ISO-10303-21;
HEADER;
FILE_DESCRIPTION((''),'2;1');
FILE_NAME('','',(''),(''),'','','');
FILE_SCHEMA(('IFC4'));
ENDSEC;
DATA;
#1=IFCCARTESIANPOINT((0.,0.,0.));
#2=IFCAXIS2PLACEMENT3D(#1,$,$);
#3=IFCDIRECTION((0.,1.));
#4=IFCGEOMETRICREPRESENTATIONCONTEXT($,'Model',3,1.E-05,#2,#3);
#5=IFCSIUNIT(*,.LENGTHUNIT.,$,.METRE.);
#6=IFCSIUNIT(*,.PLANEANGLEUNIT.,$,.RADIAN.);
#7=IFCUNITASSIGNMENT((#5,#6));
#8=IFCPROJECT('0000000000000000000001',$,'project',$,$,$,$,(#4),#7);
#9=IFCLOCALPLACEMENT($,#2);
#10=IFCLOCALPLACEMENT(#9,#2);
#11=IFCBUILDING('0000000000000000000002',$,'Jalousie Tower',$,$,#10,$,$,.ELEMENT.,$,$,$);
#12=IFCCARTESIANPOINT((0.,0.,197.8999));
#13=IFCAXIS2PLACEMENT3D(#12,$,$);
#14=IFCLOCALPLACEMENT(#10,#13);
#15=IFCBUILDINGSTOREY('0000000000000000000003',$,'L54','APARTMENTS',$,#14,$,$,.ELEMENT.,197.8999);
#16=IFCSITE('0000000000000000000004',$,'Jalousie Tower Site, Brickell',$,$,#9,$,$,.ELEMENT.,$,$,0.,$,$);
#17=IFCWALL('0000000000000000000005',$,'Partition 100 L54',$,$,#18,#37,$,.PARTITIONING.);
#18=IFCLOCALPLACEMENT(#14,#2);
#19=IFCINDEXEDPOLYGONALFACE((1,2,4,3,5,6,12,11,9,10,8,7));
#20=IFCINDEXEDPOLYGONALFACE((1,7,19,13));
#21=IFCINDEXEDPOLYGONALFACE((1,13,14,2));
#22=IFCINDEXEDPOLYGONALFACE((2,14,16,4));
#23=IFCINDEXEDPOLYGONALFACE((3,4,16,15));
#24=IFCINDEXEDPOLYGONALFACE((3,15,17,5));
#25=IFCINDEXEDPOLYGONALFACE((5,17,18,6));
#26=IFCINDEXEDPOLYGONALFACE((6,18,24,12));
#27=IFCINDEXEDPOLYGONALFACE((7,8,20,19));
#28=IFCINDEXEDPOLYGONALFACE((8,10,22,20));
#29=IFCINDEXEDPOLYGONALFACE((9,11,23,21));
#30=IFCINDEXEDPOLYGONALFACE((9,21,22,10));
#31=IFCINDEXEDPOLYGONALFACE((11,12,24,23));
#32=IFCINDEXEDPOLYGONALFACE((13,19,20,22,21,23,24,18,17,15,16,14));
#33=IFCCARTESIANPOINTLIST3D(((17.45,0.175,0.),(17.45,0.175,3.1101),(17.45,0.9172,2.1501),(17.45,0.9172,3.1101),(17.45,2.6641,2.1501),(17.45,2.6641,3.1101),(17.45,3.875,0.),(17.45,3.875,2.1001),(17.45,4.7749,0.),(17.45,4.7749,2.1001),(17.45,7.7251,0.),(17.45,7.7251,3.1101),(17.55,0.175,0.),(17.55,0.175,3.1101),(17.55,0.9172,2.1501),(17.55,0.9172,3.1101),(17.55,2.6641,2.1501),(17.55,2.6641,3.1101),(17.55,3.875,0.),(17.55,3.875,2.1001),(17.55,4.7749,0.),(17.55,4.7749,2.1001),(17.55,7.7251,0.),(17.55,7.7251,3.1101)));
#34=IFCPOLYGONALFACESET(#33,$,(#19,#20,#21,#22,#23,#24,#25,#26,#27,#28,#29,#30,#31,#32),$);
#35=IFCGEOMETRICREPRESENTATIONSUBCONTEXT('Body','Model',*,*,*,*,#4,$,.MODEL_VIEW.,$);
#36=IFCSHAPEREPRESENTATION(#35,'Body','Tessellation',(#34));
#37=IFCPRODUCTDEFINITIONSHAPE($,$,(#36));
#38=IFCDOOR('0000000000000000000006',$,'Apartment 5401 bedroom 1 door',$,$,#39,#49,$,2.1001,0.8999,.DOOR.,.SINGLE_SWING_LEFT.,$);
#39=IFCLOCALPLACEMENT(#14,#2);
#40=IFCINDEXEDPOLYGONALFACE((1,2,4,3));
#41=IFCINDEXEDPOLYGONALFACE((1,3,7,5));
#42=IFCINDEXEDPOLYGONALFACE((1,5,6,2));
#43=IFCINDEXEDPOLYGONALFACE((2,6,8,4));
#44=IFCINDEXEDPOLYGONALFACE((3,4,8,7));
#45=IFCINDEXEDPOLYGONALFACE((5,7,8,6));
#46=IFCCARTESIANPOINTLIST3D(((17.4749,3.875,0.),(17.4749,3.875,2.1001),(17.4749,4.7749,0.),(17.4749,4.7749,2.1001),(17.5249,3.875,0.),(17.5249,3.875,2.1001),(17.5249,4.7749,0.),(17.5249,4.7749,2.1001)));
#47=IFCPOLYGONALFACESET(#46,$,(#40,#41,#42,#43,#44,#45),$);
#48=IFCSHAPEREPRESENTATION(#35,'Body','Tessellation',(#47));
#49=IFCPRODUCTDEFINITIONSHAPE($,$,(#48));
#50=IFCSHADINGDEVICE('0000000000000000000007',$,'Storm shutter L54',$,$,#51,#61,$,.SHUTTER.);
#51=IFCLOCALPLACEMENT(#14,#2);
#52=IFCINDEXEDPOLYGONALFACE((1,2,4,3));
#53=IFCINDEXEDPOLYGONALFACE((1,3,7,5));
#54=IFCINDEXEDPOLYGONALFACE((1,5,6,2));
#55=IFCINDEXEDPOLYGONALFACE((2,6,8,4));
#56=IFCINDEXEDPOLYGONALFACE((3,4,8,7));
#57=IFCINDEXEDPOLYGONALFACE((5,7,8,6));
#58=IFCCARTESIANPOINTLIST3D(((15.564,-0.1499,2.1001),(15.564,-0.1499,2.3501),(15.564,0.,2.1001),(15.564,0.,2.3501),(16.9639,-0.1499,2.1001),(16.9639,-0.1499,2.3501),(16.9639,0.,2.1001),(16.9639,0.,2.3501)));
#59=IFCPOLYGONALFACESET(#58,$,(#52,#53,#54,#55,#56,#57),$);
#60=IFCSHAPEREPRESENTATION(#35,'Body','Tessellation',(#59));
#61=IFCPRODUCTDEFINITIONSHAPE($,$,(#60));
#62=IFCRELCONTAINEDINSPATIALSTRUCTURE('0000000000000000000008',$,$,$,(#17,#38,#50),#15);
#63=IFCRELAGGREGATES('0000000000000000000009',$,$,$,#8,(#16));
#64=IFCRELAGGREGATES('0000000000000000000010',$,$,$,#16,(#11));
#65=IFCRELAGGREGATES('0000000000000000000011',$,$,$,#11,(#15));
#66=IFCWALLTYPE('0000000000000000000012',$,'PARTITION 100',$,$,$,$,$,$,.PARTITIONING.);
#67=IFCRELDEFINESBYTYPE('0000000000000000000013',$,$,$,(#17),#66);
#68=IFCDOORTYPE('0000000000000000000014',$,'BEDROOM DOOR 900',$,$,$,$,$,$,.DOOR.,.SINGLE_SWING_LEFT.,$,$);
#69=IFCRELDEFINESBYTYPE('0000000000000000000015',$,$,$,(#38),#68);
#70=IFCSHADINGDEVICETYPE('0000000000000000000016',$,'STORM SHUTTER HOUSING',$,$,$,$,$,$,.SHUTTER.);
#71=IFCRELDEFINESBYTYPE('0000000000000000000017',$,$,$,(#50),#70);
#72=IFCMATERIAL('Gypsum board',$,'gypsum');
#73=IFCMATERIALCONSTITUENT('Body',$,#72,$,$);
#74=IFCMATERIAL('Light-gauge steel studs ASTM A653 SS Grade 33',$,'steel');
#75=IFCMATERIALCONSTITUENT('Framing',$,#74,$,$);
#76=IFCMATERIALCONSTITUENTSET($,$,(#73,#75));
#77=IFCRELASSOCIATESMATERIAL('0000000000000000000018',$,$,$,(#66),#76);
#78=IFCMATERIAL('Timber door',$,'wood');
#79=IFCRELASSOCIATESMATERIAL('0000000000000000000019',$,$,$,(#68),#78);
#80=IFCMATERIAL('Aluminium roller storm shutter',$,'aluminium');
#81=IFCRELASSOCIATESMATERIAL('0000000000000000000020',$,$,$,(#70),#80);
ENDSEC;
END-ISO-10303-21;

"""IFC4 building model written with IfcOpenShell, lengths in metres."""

from ifc_helpers import new_model, si_unit, direction, frame, frame_2d, origin, origin_2d, place, context, subcontext, project, spatial, polyline, rectangle, outline, extrude, material, constituent, constituent_set, type_object, element, fill, save


model = new_model("IFC4")

# Units and contexts
model_context = context("Model", 3, precision=1e-05, world=origin(), true_north=direction((0.0, 1.0)))
body_context = subcontext(model_context, "Body", "Model", "MODEL_VIEW")
ifc_project = project(units=[si_unit("LENGTHUNIT", "METRE"), si_unit("PLANEANGLEUNIT", "RADIAN")], contexts=[model_context])

# Site, building, storey
site_placement = place(None, origin())
site = spatial("IfcSite", under=ifc_project, at=site_placement, Name="Jalousie Tower Site, Brickell", CompositionType="ELEMENT", RefElevation=0.0)
building_placement = place(site_placement, origin())
building = spatial("IfcBuilding", under=site, at=building_placement, Name="Jalousie Tower", CompositionType="ELEMENT")
storey_placement = place(building_placement, frame((0.0, 0.0, 197.8999)))
storey = spatial("IfcBuildingStorey", under=building, at=storey_placement, Name="L54", Description="APARTMENTS", CompositionType="ELEMENT", Elevation=197.8999)

# Wall, opening, door
ifc_material_1 = material(Name="Gypsum board", Category="gypsum")
ifc_constituent_1 = constituent(ifc_material_1, Name="Body")
ifc_material_2 = material(Name="Light-gauge steel studs ASTM A653 SS Grade 33", Category="steel")
ifc_constituent_2 = constituent(ifc_material_2, Name="Framing")
ifc_constituent_set_1 = constituent_set(constituents=[ifc_constituent_1, ifc_constituent_2])
wall_type_1 = type_object("IfcWallType", Name="PARTITION 100", PredefinedType="PARTITIONING", material=ifc_constituent_set_1)
wall_1_placement = place(storey_placement, frame((17.5, 0.175, 0.0), z_axis=(0.0, 0.0, 1.0), x_axis=(0.0, 1.0, 0.0)))
wall_1 = element("IfcWall", 1, at=wall_1_placement, inside=storey, type_object=wall_type_1, Name="Partition 100 L54", PredefinedType="PARTITIONING", context=body_context, shape_type="SweptSolid", body=[
    extrude(outline(polyline([(0.0, 0.0), (7.55, 0.0), (7.55, 3.1101), (2.489, 3.1101), (2.489, 2.1501), (0.7422, 2.1501), (0.7422, 3.1101), (0.0, 3.1101), (0.0, 0.0)])), frame((0.0, 0.05, 0.0), z_axis=(0.0, -1.0, 0.0), x_axis=(1.0, 0.0, 0.0)), (0.0, 0.0, 1.0), 0.1001),
])
opening_1_placement = place(wall_1_placement, frame((3.7, 0.0, 0.0)))
opening_1 = element("IfcOpeningElement", 2, at=opening_1_placement, cuts=wall_1, PredefinedType="OPENING", context=body_context, shape_type="SweptSolid", body=[
    extrude(rectangle(XDim=0.8999, YDim=2.1001, at=frame_2d((0.45, 1.05))), frame((0.0, 0.0601, 0.0), z_axis=(0.0, -1.0, 0.0), x_axis=(1.0, 0.0, 0.0)), (0.0, 0.0, 1.0), 0.1201),
])
ifc_material_3 = material(Name="Timber door", Category="wood")
door_type_1 = type_object("IfcDoorType", Name="BEDROOM DOOR 900", OperationType="SINGLE_SWING_LEFT", PredefinedType="DOOR", material=ifc_material_3)
door_1_placement = place(opening_1_placement, frame((0.8999, 0.0, 0.0), z_axis=(0.0, 0.0, 1.0), x_axis=(-1.0, 0.0, 0.0)))
door_1 = element("IfcDoor", 3, at=door_1_placement, inside=storey, type_object=door_type_1, Name="Apartment 5401 bedroom 1 door", OperationType="SINGLE_SWING_LEFT", OverallHeight=2.1001, OverallWidth=0.8999, PredefinedType="DOOR", context=body_context, shape_type="SweptSolid", body=[
    extrude(rectangle(XDim=0.8999, YDim=2.1001, at=frame_2d((0.45, 1.05))), frame((0.0, 0.0249, 0.0), z_axis=(0.0, -1.0, 0.0), x_axis=(1.0, 0.0, 0.0)), (0.0, 0.0, 1.0), 0.05),
])
fill(opening_1, door_1)

# Shading device
ifc_material_4 = material(Name="Aluminium roller storm shutter", Category="aluminium")
shading_device_type = type_object("IfcShadingDeviceType", Name="STORM SHUTTER HOUSING", PredefinedType="SHUTTER", material=ifc_material_4)
shading_device_placement = place(storey_placement, frame((16.2639, -0.075, 2.1001), z_axis=(0.0, 0.0, 1.0), x_axis=(1.0, 0.0, 0.0)))
element("IfcShadingDevice", 4, at=shading_device_placement, inside=storey, type_object=shading_device_type, Name="Storm shutter L54", PredefinedType="SHUTTER", context=body_context, shape_type="SweptSolid", body=[
    extrude(rectangle(XDim=1.3999, YDim=0.1499, at=origin_2d()), origin(), (0.0, 0.0, 1.0), 0.25),
])

save(model, "model.ifc")
